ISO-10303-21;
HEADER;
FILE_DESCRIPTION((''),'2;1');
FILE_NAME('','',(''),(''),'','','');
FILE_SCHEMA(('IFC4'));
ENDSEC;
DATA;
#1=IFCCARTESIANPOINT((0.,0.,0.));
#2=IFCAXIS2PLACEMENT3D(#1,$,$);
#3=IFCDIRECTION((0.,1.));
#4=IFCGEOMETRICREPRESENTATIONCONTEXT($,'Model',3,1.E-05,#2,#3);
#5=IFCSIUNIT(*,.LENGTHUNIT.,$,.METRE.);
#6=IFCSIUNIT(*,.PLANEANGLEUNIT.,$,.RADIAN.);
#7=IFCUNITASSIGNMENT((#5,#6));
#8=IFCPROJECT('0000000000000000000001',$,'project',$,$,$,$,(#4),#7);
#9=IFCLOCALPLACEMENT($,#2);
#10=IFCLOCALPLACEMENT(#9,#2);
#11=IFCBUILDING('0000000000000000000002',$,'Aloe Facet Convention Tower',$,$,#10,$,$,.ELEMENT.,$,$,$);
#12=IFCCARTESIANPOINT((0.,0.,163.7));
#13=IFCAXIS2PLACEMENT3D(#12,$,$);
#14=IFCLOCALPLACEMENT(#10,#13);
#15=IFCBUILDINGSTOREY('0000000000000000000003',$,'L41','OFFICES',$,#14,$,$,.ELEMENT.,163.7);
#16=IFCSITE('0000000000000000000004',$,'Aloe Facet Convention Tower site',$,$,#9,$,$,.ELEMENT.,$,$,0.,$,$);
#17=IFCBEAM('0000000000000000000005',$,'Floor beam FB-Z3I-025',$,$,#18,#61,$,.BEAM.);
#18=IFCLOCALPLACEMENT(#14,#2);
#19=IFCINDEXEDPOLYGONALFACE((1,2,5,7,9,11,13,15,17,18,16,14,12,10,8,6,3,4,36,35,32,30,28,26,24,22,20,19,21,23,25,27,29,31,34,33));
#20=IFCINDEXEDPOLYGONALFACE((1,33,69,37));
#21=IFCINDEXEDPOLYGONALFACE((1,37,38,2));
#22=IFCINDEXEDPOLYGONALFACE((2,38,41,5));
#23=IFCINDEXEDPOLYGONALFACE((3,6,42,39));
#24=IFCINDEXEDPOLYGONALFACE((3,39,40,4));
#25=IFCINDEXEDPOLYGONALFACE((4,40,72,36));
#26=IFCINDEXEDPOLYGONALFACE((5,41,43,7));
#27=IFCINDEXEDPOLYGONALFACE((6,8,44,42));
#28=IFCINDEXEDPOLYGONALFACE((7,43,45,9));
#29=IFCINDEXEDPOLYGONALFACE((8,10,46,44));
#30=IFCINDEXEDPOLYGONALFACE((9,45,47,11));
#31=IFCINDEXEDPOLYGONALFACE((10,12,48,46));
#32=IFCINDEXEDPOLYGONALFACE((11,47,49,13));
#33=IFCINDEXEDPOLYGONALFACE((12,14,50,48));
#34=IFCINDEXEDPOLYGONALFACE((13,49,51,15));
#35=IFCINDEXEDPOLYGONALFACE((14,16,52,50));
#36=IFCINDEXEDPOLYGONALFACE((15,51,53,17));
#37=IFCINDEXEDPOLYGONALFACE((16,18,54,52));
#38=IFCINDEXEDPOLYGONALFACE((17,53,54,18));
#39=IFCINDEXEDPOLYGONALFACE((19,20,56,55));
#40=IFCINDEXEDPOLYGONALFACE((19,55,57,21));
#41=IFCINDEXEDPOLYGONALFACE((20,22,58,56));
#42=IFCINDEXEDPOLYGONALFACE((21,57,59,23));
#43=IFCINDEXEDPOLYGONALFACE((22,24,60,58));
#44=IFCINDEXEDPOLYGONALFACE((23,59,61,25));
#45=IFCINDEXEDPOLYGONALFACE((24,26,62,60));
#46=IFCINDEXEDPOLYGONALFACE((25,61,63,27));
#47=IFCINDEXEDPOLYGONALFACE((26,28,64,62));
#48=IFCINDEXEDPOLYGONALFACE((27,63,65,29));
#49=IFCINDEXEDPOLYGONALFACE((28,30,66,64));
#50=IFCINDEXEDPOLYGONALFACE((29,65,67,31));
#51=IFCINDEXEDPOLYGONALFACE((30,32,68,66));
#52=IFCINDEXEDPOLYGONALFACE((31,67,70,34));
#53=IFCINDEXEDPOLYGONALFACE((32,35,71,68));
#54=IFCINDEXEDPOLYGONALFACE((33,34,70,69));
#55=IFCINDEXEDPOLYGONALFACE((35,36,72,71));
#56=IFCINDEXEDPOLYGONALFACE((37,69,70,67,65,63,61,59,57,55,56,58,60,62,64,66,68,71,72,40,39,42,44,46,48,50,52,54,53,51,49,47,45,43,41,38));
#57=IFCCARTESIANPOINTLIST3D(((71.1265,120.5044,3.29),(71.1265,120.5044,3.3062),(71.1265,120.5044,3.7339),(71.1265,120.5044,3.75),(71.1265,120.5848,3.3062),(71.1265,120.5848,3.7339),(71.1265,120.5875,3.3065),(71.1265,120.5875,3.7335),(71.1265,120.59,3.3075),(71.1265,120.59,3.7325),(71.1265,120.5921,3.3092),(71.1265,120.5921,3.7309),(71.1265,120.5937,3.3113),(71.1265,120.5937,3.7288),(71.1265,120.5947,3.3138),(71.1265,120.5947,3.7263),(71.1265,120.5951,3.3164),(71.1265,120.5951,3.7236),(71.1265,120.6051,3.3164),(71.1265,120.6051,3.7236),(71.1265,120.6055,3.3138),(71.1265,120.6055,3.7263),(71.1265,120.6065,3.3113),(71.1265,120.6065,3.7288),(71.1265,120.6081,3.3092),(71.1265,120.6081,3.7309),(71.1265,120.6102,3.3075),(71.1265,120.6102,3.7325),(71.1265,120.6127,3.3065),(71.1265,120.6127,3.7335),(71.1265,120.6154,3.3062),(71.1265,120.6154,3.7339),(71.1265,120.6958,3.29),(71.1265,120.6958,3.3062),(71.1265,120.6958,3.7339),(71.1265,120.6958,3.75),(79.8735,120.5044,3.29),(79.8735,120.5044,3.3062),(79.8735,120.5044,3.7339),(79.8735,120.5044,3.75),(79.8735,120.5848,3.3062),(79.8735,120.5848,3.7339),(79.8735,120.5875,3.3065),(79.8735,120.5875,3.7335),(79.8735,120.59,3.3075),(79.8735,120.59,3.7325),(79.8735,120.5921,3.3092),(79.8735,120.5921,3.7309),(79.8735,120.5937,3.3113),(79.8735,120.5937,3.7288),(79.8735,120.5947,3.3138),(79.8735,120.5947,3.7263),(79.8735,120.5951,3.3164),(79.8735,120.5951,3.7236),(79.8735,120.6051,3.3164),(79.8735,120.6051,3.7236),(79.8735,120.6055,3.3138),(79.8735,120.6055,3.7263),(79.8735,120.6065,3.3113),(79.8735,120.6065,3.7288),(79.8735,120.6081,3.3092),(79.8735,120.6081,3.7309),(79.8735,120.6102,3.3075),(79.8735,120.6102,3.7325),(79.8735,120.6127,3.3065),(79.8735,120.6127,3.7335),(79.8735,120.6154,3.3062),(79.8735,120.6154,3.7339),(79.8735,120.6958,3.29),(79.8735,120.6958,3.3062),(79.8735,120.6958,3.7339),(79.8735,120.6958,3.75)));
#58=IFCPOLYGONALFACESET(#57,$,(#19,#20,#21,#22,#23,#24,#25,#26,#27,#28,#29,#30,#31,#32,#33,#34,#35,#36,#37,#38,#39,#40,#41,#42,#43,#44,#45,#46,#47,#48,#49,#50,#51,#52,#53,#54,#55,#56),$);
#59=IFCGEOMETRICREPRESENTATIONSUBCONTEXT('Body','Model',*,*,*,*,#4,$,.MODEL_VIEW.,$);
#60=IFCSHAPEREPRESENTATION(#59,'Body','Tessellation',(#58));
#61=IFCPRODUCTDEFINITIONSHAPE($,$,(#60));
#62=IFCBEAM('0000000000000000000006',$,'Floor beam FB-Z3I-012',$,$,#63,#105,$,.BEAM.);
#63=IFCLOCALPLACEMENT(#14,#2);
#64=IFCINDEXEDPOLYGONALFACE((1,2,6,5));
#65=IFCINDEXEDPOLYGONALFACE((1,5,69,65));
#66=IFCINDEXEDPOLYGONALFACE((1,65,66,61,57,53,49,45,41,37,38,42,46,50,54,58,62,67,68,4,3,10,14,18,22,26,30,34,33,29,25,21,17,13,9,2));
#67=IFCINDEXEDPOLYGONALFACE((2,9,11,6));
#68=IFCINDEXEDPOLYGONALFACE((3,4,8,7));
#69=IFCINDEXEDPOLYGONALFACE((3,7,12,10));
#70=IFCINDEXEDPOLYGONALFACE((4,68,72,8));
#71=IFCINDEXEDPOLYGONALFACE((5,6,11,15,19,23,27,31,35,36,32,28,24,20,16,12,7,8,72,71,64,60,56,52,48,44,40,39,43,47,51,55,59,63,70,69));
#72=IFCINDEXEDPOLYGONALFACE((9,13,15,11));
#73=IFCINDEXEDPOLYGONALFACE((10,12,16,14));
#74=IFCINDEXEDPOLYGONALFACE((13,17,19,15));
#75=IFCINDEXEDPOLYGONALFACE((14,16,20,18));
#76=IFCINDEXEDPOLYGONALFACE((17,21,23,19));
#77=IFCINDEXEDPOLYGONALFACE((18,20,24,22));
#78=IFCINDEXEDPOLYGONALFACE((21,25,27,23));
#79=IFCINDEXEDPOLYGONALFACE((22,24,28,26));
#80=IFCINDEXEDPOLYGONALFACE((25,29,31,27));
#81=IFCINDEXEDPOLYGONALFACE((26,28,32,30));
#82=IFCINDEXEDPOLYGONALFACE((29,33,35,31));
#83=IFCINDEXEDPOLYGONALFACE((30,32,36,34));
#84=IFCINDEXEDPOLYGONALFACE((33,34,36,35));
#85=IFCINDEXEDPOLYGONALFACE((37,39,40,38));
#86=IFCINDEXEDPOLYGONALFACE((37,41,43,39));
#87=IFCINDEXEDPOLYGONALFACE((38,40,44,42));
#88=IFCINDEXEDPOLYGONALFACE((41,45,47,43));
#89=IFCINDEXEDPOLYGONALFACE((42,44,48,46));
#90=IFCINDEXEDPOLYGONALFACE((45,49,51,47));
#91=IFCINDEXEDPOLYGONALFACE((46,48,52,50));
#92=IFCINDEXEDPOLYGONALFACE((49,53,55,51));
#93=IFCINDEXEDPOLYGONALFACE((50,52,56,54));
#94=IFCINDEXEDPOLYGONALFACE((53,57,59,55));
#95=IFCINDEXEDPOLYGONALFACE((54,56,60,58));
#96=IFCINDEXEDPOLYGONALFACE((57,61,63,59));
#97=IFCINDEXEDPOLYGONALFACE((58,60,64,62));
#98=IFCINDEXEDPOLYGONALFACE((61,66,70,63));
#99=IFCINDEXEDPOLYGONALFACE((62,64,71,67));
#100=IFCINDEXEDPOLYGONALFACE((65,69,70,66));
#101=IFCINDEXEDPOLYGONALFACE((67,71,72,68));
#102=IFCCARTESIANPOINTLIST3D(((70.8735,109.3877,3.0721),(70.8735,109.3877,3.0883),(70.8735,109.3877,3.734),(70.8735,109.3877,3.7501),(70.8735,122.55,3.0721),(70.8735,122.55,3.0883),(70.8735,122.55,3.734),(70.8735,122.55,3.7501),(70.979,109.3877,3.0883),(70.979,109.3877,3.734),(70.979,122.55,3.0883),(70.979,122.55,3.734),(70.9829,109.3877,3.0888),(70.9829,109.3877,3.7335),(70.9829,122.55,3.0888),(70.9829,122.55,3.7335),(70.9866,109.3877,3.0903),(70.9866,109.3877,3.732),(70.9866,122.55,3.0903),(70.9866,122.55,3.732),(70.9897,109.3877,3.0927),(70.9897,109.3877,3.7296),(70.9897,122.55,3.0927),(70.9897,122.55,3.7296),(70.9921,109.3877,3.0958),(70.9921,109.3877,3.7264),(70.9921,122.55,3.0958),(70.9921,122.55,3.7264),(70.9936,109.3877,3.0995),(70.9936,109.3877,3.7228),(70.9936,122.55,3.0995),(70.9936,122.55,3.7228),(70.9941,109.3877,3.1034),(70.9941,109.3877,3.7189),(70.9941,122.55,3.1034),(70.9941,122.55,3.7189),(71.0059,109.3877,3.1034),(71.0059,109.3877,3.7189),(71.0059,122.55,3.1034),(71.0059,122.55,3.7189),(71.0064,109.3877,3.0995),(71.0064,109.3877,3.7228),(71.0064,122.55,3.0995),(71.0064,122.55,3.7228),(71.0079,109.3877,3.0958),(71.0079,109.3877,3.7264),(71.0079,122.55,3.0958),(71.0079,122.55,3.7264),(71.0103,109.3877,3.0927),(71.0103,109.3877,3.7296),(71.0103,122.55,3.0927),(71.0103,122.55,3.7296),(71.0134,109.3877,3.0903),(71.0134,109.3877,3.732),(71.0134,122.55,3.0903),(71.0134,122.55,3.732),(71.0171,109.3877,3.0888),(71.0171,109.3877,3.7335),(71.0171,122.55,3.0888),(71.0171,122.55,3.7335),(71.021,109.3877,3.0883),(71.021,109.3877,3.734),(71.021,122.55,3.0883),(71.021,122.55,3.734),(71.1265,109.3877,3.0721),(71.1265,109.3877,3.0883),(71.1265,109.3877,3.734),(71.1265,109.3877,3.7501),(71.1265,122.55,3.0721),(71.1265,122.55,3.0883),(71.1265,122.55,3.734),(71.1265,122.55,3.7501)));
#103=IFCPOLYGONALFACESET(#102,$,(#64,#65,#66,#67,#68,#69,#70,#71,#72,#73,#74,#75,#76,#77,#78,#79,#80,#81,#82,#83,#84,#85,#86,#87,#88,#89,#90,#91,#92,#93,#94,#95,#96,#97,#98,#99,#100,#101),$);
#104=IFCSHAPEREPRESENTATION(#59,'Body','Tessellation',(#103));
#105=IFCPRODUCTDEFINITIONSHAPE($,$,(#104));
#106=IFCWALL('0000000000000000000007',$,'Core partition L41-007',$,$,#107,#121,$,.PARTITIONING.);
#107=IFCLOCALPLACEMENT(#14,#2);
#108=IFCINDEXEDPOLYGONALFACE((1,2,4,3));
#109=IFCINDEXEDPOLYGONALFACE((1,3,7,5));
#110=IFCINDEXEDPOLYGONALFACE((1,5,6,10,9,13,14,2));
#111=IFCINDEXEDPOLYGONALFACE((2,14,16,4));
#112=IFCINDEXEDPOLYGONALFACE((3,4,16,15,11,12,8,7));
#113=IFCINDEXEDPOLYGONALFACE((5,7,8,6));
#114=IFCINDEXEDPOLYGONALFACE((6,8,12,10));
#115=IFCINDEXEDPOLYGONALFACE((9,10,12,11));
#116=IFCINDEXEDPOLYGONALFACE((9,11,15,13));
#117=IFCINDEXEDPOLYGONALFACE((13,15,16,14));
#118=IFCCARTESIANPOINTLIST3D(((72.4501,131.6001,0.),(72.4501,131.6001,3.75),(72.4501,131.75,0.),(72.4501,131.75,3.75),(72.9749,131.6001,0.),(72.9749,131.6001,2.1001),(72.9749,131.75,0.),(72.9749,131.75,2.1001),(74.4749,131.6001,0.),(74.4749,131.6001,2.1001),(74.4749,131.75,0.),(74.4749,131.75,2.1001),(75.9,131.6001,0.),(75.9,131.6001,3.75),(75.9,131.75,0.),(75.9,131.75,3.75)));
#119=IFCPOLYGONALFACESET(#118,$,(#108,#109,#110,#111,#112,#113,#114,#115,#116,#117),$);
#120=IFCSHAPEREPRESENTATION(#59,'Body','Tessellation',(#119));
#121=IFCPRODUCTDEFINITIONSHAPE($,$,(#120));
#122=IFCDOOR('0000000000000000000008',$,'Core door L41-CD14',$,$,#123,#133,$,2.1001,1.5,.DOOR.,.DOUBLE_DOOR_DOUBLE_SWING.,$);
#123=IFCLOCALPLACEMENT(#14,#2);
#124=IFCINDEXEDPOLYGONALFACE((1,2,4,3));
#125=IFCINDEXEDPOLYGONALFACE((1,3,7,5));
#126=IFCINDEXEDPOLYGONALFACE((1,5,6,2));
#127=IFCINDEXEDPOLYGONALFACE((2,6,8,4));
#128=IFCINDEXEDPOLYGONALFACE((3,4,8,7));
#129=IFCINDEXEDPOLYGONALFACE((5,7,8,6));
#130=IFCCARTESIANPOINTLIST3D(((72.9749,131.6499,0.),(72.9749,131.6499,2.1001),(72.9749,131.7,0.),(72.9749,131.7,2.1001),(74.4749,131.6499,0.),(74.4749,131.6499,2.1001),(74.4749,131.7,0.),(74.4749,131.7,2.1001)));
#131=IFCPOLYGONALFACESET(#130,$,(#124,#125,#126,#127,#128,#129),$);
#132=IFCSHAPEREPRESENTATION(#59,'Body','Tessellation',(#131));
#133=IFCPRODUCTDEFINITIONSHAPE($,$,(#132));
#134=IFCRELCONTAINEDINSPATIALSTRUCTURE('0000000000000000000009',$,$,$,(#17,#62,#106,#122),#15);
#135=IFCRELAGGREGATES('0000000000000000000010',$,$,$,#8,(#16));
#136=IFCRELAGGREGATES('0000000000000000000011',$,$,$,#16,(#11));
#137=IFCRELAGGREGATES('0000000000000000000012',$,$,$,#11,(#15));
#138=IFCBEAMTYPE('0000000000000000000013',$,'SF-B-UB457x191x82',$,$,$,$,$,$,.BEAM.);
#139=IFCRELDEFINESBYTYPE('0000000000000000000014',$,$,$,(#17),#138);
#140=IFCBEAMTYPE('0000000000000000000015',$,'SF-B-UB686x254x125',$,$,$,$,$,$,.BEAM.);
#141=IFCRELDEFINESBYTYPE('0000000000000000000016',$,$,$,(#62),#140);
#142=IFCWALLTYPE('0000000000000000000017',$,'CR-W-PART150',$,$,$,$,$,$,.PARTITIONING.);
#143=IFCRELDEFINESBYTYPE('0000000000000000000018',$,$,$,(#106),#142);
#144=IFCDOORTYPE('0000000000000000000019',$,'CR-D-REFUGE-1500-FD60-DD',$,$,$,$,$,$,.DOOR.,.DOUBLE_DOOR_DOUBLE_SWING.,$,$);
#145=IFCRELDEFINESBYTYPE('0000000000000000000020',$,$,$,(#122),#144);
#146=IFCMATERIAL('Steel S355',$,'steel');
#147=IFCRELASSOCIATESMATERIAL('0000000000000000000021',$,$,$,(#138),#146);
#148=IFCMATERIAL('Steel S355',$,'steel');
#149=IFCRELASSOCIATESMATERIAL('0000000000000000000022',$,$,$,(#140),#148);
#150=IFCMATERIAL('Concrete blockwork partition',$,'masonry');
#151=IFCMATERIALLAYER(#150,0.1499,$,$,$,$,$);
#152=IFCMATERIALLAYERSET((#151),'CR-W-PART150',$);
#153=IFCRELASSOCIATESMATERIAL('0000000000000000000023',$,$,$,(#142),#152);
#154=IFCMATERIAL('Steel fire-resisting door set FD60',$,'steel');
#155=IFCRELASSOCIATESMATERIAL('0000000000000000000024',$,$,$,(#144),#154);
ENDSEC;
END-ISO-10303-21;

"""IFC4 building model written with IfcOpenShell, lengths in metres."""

from ifc_helpers import new_model, si_unit, direction, frame, frame_2d, origin, origin_2d, place, context, subcontext, project, spatial, rectangle, i_section, extrude, material, layer, layer_set, material_profile, profile_set, type_object, element, fill, save


model = new_model("IFC4")

# Units and contexts
model_context = context("Model", 3, precision=1e-05, world=origin(), true_north=direction((0.0, 1.0)))
body_context = subcontext(model_context, "Body", "Model", "MODEL_VIEW")
ifc_project = project(units=[si_unit("LENGTHUNIT", "METRE"), si_unit("PLANEANGLEUNIT", "RADIAN")], contexts=[model_context])

# Site, building, storey
site_placement = place(None, origin())
site = spatial("IfcSite", under=ifc_project, at=site_placement, Name="Aloe Facet Convention Tower site", CompositionType="ELEMENT", RefElevation=0.0)
building_placement = place(site_placement, origin())
building = spatial("IfcBuilding", under=site, at=building_placement, Name="Aloe Facet Convention Tower", CompositionType="ELEMENT")
storey_placement = place(building_placement, frame((0.0, 0.0, 163.7)))
storey = spatial("IfcBuildingStorey", under=building, at=storey_placement, Name="L41", Description="OFFICES", CompositionType="ELEMENT", Elevation=163.7)

# Beams
ifc_material_1 = material(Name="Steel S355", Category="steel")
ifc_material_profile_1 = material_profile(ifc_material_1, i_section(OverallWidth=0.1914, OverallDepth=0.46, WebThickness=0.01, FlangeThickness=0.0161, FilletRadius=0.0103, at=origin_2d()), Name="UB 457x191x82")
ifc_profile_set_1 = profile_set([ifc_material_profile_1], Name="Steel S355")
beam_type_1 = type_object("IfcBeamType", Name="SF-B-UB457x191x82", PredefinedType="BEAM", material=ifc_profile_set_1)
beam_1_placement = place(storey_placement, frame((71.1265, 120.6001, 3.52), z_axis=(1.0, 0.0, 0.0), x_axis=(0.0, 1.0, 0.0)))
element("IfcBeam", 1, at=beam_1_placement, inside=storey, type_object=beam_type_1, Name="Floor beam FB-Z3I-025", PredefinedType="BEAM", context=body_context, shape_type="SweptSolid", body=[
    extrude(i_section(OverallWidth=0.1914, OverallDepth=0.46, WebThickness=0.01, FlangeThickness=0.0161, FilletRadius=0.0103, at=origin_2d()), origin(), (0.0, 0.0, 1.0), 8.7471),
])
ifc_material_2 = material(Name="Steel S355", Category="steel")
ifc_material_profile_2 = material_profile(ifc_material_2, i_section(OverallWidth=0.2529, OverallDepth=0.678, WebThickness=0.0117, FlangeThickness=0.0161, FilletRadius=0.0151, at=origin_2d()), Name="UB 686x254x125")
ifc_profile_set_2 = profile_set([ifc_material_profile_2], Name="Steel S355")
beam_type_2 = type_object("IfcBeamType", Name="SF-B-UB686x254x125", PredefinedType="BEAM", material=ifc_profile_set_2)
beam_2_placement = place(storey_placement, frame((71.0, 122.55, 3.4111), z_axis=(0.0, -1.0, 0.0), x_axis=(1.0, 0.0, 0.0)))
element("IfcBeam", 2, at=beam_2_placement, inside=storey, type_object=beam_type_2, Name="Floor beam FB-Z3I-012", PredefinedType="BEAM", context=body_context, shape_type="SweptSolid", body=[
    extrude(i_section(OverallWidth=0.2529, OverallDepth=0.678, WebThickness=0.0117, FlangeThickness=0.0161, FilletRadius=0.0151, at=origin_2d()), origin(), (0.0, 0.0, 1.0), 13.1624),
])

# Wall, opening, door
ifc_material_3 = material(Name="Concrete blockwork partition", Category="masonry")
ifc_layer_1 = layer(ifc_material_3, 0.1499)
ifc_layer_set_1 = layer_set([ifc_layer_1], Name="CR-W-PART150")
wall_type_1 = type_object("IfcWallType", Name="CR-W-PART150", PredefinedType="PARTITIONING", material=ifc_layer_set_1)
wall_1_placement = place(storey_placement, frame((72.45, 131.675, 0.0), z_axis=(0.0, 0.0, 1.0), x_axis=(1.0, 0.0, 0.0)))
wall_1 = element("IfcWall", 3, at=wall_1_placement, inside=storey, type_object=wall_type_1, Name="Core partition L41-007", PredefinedType="PARTITIONING", context=body_context, shape_type="SweptSolid", body=[
    extrude(rectangle(XDim=3.45, YDim=0.1499, at=frame_2d((1.7251, 0.0))), origin(), (0.0, 0.0, 1.0), 3.75),
])
opening_1_placement = place(wall_1_placement, frame((0.5249, 0.0, 0.0)))
opening_1 = element("IfcOpeningElement", 4, at=opening_1_placement, cuts=wall_1, PredefinedType="OPENING", context=body_context, shape_type="SweptSolid", body=[
    extrude(rectangle(XDim=1.5, YDim=2.1001, at=frame_2d((0.75, 1.05))), frame((0.0, 0.085, 0.0), z_axis=(0.0, -1.0, 0.0), x_axis=(1.0, 0.0, 0.0)), (0.0, 0.0, 1.0), 0.1699),
])
ifc_material_4 = material(Name="Steel fire-resisting door set FD60", Category="steel")
door_type_1 = type_object("IfcDoorType", Name="CR-D-REFUGE-1500-FD60-DD", OperationType="DOUBLE_DOOR_DOUBLE_SWING", PredefinedType="DOOR", material=ifc_material_4)
door_1_placement = place(opening_1_placement, origin())
door_1 = element("IfcDoor", 5, at=door_1_placement, inside=storey, type_object=door_type_1, Name="Core door L41-CD14", OperationType="DOUBLE_DOOR_DOUBLE_SWING", OverallHeight=2.1001, OverallWidth=1.5, PredefinedType="DOOR", context=body_context, shape_type="SweptSolid", body=[
    extrude(rectangle(XDim=1.5, YDim=2.1001, at=frame_2d((0.75, 1.05))), frame((0.0, 0.0249, 0.0), z_axis=(0.0, -1.0, 0.0), x_axis=(1.0, 0.0, 0.0)), (0.0, 0.0, 1.0), 0.05),
])
fill(opening_1, door_1)

save(model, "model.ifc")
